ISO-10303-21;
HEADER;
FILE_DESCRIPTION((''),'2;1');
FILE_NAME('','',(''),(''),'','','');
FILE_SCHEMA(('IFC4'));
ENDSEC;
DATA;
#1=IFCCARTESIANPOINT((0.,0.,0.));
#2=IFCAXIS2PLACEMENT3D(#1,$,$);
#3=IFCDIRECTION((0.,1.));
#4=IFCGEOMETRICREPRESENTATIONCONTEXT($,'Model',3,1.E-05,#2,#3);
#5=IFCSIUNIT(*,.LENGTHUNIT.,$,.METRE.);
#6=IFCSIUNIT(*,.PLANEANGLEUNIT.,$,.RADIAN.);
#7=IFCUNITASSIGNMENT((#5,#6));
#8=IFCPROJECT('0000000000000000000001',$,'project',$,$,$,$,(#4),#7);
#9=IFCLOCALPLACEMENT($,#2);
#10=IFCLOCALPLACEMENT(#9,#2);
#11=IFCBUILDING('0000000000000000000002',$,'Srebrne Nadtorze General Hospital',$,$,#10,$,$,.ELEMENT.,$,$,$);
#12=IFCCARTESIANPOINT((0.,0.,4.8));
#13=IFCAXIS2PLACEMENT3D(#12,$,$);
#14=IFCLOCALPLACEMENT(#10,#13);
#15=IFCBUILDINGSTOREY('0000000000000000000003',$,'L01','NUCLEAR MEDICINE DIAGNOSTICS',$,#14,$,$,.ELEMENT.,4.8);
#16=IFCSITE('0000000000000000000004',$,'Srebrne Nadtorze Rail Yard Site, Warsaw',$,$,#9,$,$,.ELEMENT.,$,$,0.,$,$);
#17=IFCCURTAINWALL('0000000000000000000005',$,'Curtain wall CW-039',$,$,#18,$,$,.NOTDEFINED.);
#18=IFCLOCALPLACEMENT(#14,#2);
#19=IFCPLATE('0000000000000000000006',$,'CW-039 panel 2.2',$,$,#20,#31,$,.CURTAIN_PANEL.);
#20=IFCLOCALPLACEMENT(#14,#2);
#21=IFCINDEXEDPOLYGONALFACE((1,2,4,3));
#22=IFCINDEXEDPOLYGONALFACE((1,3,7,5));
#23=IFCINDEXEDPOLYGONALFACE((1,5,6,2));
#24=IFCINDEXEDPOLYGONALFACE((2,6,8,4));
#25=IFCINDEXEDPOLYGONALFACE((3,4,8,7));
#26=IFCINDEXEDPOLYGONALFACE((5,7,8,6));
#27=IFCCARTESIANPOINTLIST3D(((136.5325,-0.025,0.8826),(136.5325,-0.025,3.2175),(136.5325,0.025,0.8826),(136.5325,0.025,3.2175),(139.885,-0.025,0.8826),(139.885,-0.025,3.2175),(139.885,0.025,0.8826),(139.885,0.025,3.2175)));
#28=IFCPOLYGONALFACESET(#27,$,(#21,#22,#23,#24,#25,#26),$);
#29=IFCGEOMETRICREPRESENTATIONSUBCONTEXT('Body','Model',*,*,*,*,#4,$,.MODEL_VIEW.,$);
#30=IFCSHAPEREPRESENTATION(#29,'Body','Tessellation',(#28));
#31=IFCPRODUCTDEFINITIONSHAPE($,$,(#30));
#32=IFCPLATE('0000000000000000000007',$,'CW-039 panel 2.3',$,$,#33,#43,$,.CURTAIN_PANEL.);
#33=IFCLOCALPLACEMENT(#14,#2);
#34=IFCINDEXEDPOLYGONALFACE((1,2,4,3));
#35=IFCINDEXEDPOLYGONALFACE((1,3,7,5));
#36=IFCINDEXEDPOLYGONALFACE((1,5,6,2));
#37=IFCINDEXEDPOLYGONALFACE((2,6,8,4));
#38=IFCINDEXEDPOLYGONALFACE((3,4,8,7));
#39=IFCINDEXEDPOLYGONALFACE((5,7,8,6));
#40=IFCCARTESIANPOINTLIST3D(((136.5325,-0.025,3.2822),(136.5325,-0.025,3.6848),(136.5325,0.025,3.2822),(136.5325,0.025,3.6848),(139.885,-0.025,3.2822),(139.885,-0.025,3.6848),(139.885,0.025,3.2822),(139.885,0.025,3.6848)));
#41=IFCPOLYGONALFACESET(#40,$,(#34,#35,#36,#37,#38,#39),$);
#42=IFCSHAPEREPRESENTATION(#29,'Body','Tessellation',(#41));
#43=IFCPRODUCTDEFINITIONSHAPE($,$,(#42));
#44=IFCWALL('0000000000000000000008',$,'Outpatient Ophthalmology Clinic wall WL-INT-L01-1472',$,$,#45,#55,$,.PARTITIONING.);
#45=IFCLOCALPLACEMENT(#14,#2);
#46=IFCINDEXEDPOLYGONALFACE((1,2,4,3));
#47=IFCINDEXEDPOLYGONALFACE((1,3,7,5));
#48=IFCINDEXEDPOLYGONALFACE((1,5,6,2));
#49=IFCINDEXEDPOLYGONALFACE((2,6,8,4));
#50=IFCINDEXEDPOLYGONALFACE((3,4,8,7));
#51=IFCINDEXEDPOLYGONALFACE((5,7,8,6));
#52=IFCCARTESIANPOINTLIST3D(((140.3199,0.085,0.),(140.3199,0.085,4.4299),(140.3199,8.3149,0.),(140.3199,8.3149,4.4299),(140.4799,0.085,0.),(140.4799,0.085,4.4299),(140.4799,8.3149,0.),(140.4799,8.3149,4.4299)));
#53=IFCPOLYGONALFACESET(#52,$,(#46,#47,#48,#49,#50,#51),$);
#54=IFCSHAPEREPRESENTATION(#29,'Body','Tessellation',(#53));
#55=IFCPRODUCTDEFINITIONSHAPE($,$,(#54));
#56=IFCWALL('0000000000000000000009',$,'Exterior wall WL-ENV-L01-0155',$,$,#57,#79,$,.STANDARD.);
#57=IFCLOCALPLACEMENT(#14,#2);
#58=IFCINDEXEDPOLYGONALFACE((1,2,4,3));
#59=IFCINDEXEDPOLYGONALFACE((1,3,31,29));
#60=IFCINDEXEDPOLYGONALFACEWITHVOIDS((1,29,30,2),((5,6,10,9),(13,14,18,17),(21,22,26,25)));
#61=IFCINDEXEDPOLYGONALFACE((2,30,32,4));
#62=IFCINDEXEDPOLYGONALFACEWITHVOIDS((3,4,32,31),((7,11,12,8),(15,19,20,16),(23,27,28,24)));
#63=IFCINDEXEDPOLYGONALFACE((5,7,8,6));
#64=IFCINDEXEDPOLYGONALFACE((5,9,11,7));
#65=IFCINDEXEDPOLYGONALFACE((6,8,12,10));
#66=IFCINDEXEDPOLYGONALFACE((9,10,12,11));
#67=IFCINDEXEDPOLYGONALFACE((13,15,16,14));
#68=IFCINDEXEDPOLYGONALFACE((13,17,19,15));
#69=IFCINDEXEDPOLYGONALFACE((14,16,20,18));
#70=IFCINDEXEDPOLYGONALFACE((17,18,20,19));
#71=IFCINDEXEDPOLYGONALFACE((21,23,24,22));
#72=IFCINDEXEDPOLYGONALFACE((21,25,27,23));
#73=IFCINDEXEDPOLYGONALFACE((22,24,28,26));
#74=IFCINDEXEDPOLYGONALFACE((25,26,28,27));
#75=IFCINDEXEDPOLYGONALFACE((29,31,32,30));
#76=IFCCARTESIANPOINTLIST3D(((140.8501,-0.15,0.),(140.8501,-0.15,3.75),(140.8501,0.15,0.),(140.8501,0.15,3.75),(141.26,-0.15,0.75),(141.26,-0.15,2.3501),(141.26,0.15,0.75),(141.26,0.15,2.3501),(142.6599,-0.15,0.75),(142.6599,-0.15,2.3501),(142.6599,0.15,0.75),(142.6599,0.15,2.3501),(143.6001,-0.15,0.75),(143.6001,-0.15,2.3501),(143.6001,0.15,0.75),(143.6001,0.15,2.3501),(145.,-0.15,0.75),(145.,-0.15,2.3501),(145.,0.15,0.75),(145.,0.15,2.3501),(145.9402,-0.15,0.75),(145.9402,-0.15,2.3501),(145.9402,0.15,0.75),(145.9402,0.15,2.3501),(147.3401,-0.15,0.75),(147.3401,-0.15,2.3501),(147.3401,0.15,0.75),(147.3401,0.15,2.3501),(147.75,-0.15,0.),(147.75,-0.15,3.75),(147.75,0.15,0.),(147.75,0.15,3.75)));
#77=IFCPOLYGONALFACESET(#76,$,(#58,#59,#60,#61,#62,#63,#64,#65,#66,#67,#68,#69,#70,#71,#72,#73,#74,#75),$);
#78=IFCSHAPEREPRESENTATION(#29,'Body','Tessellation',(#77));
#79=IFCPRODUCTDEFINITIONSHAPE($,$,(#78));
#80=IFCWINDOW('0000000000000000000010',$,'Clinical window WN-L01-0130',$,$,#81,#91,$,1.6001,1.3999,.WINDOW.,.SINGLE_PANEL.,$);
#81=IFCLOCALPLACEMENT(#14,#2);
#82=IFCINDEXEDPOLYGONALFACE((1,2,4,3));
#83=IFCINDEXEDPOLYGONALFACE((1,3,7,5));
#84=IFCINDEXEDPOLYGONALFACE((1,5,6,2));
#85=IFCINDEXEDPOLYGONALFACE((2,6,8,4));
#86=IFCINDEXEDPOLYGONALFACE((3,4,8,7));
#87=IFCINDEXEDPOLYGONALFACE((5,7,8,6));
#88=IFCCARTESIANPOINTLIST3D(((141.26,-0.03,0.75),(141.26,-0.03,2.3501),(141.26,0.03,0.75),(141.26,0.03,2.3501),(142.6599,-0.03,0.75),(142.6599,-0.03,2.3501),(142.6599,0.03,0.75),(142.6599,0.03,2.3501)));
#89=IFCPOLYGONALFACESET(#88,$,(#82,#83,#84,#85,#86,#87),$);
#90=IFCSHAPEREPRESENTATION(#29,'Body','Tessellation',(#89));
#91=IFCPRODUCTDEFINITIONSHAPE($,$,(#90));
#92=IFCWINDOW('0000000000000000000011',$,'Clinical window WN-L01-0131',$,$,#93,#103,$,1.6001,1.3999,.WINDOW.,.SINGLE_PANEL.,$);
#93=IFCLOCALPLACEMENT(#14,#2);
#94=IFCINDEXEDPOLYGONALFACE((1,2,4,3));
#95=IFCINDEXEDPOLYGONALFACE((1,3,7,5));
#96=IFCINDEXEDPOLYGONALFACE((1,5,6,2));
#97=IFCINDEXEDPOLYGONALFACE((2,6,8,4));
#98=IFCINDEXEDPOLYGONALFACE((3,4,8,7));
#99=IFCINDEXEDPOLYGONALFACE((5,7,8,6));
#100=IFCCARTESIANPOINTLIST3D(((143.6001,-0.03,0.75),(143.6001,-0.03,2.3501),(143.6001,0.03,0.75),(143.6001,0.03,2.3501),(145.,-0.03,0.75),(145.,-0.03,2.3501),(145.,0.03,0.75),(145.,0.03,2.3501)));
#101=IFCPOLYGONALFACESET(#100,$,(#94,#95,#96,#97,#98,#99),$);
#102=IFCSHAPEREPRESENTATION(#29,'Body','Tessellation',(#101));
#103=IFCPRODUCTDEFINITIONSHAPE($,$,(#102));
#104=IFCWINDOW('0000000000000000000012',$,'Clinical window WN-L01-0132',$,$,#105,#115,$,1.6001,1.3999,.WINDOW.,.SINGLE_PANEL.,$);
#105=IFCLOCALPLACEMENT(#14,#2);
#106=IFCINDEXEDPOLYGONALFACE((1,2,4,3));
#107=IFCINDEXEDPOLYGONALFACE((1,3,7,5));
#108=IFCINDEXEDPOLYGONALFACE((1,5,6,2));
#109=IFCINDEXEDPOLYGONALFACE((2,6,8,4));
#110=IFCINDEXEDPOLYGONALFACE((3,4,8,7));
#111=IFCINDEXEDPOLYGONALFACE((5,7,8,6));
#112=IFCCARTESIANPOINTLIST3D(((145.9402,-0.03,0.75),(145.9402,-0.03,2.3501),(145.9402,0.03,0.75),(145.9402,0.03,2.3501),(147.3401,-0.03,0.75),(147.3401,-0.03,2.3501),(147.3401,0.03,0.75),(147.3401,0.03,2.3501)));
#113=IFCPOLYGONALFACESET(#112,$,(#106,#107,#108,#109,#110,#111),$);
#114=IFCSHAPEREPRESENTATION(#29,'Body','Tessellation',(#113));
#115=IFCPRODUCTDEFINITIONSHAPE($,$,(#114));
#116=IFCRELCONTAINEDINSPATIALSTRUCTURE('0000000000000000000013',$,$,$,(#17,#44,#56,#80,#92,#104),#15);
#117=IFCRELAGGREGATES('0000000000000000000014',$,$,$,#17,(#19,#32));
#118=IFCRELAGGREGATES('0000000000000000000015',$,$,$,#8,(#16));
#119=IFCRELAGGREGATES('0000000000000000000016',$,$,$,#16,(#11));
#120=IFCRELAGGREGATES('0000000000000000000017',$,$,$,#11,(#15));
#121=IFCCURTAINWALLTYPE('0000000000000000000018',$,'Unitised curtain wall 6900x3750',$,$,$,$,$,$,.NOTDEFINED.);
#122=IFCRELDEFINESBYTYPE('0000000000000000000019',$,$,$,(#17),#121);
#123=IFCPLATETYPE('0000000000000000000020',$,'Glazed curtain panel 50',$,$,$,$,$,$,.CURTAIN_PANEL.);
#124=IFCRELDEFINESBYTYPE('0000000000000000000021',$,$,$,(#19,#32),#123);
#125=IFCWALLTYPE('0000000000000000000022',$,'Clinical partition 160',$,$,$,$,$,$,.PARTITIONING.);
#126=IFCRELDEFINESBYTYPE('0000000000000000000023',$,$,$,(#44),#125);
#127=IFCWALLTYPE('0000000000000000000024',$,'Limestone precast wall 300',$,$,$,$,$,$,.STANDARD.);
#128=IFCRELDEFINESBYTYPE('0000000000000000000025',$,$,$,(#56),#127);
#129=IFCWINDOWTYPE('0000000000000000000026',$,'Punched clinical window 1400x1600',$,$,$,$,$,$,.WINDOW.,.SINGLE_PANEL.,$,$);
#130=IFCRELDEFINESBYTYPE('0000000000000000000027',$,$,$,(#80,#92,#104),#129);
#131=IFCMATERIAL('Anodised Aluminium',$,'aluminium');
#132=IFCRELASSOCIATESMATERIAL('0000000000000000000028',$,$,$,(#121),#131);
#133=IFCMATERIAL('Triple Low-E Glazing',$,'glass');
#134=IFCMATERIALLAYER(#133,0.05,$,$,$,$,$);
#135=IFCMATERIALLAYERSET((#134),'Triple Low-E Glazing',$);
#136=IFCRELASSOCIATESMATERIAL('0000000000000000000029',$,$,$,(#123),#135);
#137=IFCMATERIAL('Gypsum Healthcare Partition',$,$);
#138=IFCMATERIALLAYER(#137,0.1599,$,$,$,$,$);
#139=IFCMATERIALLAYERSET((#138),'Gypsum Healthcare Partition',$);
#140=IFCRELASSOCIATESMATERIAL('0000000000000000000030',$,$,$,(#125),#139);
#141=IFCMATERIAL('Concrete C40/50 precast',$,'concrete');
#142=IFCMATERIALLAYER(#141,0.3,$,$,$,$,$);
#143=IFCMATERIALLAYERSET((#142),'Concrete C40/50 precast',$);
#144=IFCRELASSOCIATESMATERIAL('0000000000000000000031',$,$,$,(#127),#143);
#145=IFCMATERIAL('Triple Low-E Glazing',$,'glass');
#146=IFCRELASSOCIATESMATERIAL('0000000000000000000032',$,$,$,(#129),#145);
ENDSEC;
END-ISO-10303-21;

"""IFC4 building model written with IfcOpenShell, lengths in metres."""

from ifc_helpers import new_model, si_unit, direction, frame, frame_2d, origin, origin_2d, place, context, subcontext, project, spatial, rectangle, extrude, material, layer, layer_set, type_object, element, fill, aggregate, save


model = new_model("IFC4")

# Units and contexts
model_context = context("Model", 3, precision=1e-05, world=origin(), true_north=direction((0.0, 1.0)))
body_context = subcontext(model_context, "Body", "Model", "MODEL_VIEW")
ifc_project = project(units=[si_unit("LENGTHUNIT", "METRE"), si_unit("PLANEANGLEUNIT", "RADIAN")], contexts=[model_context])

# Site, building, storey
site_placement = place(None, origin())
site = spatial("IfcSite", under=ifc_project, at=site_placement, Name="Srebrne Nadtorze Rail Yard Site, Warsaw", CompositionType="ELEMENT", RefElevation=0.0)
building_placement = place(site_placement, origin())
building = spatial("IfcBuilding", under=site, at=building_placement, Name="Srebrne Nadtorze General Hospital", CompositionType="ELEMENT")
storey_placement = place(building_placement, frame((0.0, 0.0, 4.8)))
storey = spatial("IfcBuildingStorey", under=building, at=storey_placement, Name="L01", Description="NUCLEAR MEDICINE DIAGNOSTICS", CompositionType="ELEMENT", Elevation=4.8)

# Curtain wall
ifc_material_1 = material(Name="Anodised Aluminium", Category="aluminium")
curtain_wall_type = type_object("IfcCurtainWallType", Name="Unitised curtain wall 6900x3750", PredefinedType="NOTDEFINED", material=ifc_material_1)
curtain_wall_placement = place(storey_placement, origin())
curtain_wall = element("IfcCurtainWall", 1, at=curtain_wall_placement, inside=storey, type_object=curtain_wall_type, Name="Curtain wall CW-039", PredefinedType="NOTDEFINED")

# Plates
ifc_material_2 = material(Name="Triple Low-E Glazing", Category="glass")
ifc_layer_1 = layer(ifc_material_2, 0.05)
ifc_layer_set_1 = layer_set([ifc_layer_1], Name="Triple Low-E Glazing")
plate_type = type_object("IfcPlateType", Name="Glazed curtain panel 50", PredefinedType="CURTAIN_PANEL", material=ifc_layer_set_1)
plate_1_placement = place(storey_placement, frame((138.2087, 0.0, 0.8826), z_axis=(0.0, 0.0, 1.0), x_axis=(1.0, 0.0, 0.0)))
plate_1 = element("IfcPlate", 2, at=plate_1_placement, type_object=plate_type, Name="CW-039 panel 2.2", PredefinedType="CURTAIN_PANEL", context=body_context, shape_type="SweptSolid", body=[
    extrude(rectangle(XDim=3.3525, YDim=0.05, at=origin_2d()), origin(), (0.0, 0.0, 1.0), 2.335),
])
plate_2_placement = place(storey_placement, frame((138.2087, 0.0, 3.2822), z_axis=(0.0, 0.0, 1.0), x_axis=(1.0, 0.0, 0.0)))
plate_2 = element("IfcPlate", 3, at=plate_2_placement, type_object=plate_type, Name="CW-039 panel 2.3", PredefinedType="CURTAIN_PANEL", context=body_context, shape_type="SweptSolid", body=[
    extrude(rectangle(XDim=3.3525, YDim=0.05, at=origin_2d()), origin(), (0.0, 0.0, 1.0), 0.4026),
])
aggregate(curtain_wall, [plate_1, plate_2])

# Wall
ifc_material_3 = material(Name="Gypsum Healthcare Partition")
ifc_layer_2 = layer(ifc_material_3, 0.1599)
ifc_layer_set_2 = layer_set([ifc_layer_2], Name="Gypsum Healthcare Partition")
wall_type_1 = type_object("IfcWallType", Name="Clinical partition 160", PredefinedType="PARTITIONING", material=ifc_layer_set_2)
wall_1_placement = place(storey_placement, frame((140.3999, 0.085, 0.0), z_axis=(0.0, 0.0, 1.0), x_axis=(0.0, 1.0, 0.0)))
element("IfcWall", 4, at=wall_1_placement, inside=storey, type_object=wall_type_1, Name="Outpatient Ophthalmology Clinic wall WL-INT-L01-1472", PredefinedType="PARTITIONING", context=body_context, shape_type="SweptSolid", body=[
    extrude(rectangle(XDim=8.23, YDim=0.1599, at=frame_2d((4.115, 0.0))), origin(), (0.0, 0.0, 1.0), 4.4299),
])

# Wall, openings, windows
ifc_material_4 = material(Name="Concrete C40/50 precast", Category="concrete")
ifc_layer_3 = layer(ifc_material_4, 0.3)
ifc_layer_set_3 = layer_set([ifc_layer_3], Name="Concrete C40/50 precast")
wall_type_2 = type_object("IfcWallType", Name="Limestone precast wall 300", PredefinedType="STANDARD", material=ifc_layer_set_3)
wall_2_placement = place(storey_placement, frame((140.8501, 0.0, 0.0), z_axis=(0.0, 0.0, 1.0), x_axis=(1.0, 0.0, 0.0)))
wall_2 = element("IfcWall", 5, at=wall_2_placement, inside=storey, type_object=wall_type_2, Name="Exterior wall WL-ENV-L01-0155", PredefinedType="STANDARD", context=body_context, shape_type="SweptSolid", body=[
    extrude(rectangle(XDim=6.8999, YDim=0.3, at=frame_2d((3.45, 0.0))), origin(), (0.0, 0.0, 1.0), 3.75),
])
opening_1_placement = place(wall_2_placement, frame((0.4099, 0.0, 0.75)))
opening_1 = element("IfcOpeningElement", 6, at=opening_1_placement, cuts=wall_2, PredefinedType="OPENING", context=body_context, shape_type="SweptSolid", body=[
    extrude(rectangle(XDim=1.3999, YDim=1.6001, at=frame_2d((0.7, 0.8))), frame((0.0, 0.1621, 0.0), z_axis=(0.0, -1.0, 0.0), x_axis=(1.0, 0.0, 0.0)), (0.0, 0.0, 1.0), 0.324),
])
opening_2_placement = place(wall_2_placement, frame((2.75, 0.0, 0.75)))
opening_2 = element("IfcOpeningElement", 7, at=opening_2_placement, cuts=wall_2, PredefinedType="OPENING", context=body_context, shape_type="SweptSolid", body=[
    extrude(rectangle(XDim=1.3999, YDim=1.6001, at=frame_2d((0.7, 0.8))), frame((0.0, 0.1621, 0.0), z_axis=(0.0, -1.0, 0.0), x_axis=(1.0, 0.0, 0.0)), (0.0, 0.0, 1.0), 0.324),
])
opening_3_placement = place(wall_2_placement, frame((5.0901, 0.0, 0.75)))
opening_3 = element("IfcOpeningElement", 8, at=opening_3_placement, cuts=wall_2, PredefinedType="OPENING", context=body_context, shape_type="SweptSolid", body=[
    extrude(rectangle(XDim=1.3999, YDim=1.6001, at=frame_2d((0.7, 0.8))), frame((0.0, 0.1621, 0.0), z_axis=(0.0, -1.0, 0.0), x_axis=(1.0, 0.0, 0.0)), (0.0, 0.0, 1.0), 0.324),
])
ifc_material_5 = material(Name="Triple Low-E Glazing", Category="glass")
window_type_1 = type_object("IfcWindowType", Name="Punched clinical window 1400x1600", PartitioningType="SINGLE_PANEL", PredefinedType="WINDOW", material=ifc_material_5)
window_1_placement = place(opening_1_placement, origin())
window_1 = element("IfcWindow", 9, at=window_1_placement, inside=storey, type_object=window_type_1, Name="Clinical window WN-L01-0130", OverallHeight=1.6001, OverallWidth=1.3999, PartitioningType="SINGLE_PANEL", PredefinedType="WINDOW", context=body_context, shape_type="SweptSolid", body=[
    extrude(rectangle(XDim=1.3999, YDim=1.6001, at=frame_2d((0.7, 0.8))), frame((0.0, 0.03, 0.0), z_axis=(0.0, -1.0, 0.0), x_axis=(1.0, 0.0, 0.0)), (0.0, 0.0, 1.0), 0.0601),
])
fill(opening_1, window_1)
window_2_placement = place(opening_2_placement, origin())
window_2 = element("IfcWindow", 10, at=window_2_placement, inside=storey, type_object=window_type_1, Name="Clinical window WN-L01-0131", OverallHeight=1.6001, OverallWidth=1.3999, PartitioningType="SINGLE_PANEL", PredefinedType="WINDOW", context=body_context, shape_type="SweptSolid", body=[
    extrude(rectangle(XDim=1.3999, YDim=1.6001, at=frame_2d((0.7, 0.8))), frame((0.0, 0.03, 0.0), z_axis=(0.0, -1.0, 0.0), x_axis=(1.0, 0.0, 0.0)), (0.0, 0.0, 1.0), 0.0601),
])
fill(opening_2, window_2)
window_3_placement = place(opening_3_placement, origin())
window_3 = element("IfcWindow", 11, at=window_3_placement, inside=storey, type_object=window_type_1, Name="Clinical window WN-L01-0132", OverallHeight=1.6001, OverallWidth=1.3999, PartitioningType="SINGLE_PANEL", PredefinedType="WINDOW", context=body_context, shape_type="SweptSolid", body=[
    extrude(rectangle(XDim=1.3999, YDim=1.6001, at=frame_2d((0.7, 0.8))), frame((0.0, 0.03, 0.0), z_axis=(0.0, -1.0, 0.0), x_axis=(1.0, 0.0, 0.0)), (0.0, 0.0, 1.0), 0.0601),
])
fill(opening_3, window_3)

save(model, "model.ifc")
